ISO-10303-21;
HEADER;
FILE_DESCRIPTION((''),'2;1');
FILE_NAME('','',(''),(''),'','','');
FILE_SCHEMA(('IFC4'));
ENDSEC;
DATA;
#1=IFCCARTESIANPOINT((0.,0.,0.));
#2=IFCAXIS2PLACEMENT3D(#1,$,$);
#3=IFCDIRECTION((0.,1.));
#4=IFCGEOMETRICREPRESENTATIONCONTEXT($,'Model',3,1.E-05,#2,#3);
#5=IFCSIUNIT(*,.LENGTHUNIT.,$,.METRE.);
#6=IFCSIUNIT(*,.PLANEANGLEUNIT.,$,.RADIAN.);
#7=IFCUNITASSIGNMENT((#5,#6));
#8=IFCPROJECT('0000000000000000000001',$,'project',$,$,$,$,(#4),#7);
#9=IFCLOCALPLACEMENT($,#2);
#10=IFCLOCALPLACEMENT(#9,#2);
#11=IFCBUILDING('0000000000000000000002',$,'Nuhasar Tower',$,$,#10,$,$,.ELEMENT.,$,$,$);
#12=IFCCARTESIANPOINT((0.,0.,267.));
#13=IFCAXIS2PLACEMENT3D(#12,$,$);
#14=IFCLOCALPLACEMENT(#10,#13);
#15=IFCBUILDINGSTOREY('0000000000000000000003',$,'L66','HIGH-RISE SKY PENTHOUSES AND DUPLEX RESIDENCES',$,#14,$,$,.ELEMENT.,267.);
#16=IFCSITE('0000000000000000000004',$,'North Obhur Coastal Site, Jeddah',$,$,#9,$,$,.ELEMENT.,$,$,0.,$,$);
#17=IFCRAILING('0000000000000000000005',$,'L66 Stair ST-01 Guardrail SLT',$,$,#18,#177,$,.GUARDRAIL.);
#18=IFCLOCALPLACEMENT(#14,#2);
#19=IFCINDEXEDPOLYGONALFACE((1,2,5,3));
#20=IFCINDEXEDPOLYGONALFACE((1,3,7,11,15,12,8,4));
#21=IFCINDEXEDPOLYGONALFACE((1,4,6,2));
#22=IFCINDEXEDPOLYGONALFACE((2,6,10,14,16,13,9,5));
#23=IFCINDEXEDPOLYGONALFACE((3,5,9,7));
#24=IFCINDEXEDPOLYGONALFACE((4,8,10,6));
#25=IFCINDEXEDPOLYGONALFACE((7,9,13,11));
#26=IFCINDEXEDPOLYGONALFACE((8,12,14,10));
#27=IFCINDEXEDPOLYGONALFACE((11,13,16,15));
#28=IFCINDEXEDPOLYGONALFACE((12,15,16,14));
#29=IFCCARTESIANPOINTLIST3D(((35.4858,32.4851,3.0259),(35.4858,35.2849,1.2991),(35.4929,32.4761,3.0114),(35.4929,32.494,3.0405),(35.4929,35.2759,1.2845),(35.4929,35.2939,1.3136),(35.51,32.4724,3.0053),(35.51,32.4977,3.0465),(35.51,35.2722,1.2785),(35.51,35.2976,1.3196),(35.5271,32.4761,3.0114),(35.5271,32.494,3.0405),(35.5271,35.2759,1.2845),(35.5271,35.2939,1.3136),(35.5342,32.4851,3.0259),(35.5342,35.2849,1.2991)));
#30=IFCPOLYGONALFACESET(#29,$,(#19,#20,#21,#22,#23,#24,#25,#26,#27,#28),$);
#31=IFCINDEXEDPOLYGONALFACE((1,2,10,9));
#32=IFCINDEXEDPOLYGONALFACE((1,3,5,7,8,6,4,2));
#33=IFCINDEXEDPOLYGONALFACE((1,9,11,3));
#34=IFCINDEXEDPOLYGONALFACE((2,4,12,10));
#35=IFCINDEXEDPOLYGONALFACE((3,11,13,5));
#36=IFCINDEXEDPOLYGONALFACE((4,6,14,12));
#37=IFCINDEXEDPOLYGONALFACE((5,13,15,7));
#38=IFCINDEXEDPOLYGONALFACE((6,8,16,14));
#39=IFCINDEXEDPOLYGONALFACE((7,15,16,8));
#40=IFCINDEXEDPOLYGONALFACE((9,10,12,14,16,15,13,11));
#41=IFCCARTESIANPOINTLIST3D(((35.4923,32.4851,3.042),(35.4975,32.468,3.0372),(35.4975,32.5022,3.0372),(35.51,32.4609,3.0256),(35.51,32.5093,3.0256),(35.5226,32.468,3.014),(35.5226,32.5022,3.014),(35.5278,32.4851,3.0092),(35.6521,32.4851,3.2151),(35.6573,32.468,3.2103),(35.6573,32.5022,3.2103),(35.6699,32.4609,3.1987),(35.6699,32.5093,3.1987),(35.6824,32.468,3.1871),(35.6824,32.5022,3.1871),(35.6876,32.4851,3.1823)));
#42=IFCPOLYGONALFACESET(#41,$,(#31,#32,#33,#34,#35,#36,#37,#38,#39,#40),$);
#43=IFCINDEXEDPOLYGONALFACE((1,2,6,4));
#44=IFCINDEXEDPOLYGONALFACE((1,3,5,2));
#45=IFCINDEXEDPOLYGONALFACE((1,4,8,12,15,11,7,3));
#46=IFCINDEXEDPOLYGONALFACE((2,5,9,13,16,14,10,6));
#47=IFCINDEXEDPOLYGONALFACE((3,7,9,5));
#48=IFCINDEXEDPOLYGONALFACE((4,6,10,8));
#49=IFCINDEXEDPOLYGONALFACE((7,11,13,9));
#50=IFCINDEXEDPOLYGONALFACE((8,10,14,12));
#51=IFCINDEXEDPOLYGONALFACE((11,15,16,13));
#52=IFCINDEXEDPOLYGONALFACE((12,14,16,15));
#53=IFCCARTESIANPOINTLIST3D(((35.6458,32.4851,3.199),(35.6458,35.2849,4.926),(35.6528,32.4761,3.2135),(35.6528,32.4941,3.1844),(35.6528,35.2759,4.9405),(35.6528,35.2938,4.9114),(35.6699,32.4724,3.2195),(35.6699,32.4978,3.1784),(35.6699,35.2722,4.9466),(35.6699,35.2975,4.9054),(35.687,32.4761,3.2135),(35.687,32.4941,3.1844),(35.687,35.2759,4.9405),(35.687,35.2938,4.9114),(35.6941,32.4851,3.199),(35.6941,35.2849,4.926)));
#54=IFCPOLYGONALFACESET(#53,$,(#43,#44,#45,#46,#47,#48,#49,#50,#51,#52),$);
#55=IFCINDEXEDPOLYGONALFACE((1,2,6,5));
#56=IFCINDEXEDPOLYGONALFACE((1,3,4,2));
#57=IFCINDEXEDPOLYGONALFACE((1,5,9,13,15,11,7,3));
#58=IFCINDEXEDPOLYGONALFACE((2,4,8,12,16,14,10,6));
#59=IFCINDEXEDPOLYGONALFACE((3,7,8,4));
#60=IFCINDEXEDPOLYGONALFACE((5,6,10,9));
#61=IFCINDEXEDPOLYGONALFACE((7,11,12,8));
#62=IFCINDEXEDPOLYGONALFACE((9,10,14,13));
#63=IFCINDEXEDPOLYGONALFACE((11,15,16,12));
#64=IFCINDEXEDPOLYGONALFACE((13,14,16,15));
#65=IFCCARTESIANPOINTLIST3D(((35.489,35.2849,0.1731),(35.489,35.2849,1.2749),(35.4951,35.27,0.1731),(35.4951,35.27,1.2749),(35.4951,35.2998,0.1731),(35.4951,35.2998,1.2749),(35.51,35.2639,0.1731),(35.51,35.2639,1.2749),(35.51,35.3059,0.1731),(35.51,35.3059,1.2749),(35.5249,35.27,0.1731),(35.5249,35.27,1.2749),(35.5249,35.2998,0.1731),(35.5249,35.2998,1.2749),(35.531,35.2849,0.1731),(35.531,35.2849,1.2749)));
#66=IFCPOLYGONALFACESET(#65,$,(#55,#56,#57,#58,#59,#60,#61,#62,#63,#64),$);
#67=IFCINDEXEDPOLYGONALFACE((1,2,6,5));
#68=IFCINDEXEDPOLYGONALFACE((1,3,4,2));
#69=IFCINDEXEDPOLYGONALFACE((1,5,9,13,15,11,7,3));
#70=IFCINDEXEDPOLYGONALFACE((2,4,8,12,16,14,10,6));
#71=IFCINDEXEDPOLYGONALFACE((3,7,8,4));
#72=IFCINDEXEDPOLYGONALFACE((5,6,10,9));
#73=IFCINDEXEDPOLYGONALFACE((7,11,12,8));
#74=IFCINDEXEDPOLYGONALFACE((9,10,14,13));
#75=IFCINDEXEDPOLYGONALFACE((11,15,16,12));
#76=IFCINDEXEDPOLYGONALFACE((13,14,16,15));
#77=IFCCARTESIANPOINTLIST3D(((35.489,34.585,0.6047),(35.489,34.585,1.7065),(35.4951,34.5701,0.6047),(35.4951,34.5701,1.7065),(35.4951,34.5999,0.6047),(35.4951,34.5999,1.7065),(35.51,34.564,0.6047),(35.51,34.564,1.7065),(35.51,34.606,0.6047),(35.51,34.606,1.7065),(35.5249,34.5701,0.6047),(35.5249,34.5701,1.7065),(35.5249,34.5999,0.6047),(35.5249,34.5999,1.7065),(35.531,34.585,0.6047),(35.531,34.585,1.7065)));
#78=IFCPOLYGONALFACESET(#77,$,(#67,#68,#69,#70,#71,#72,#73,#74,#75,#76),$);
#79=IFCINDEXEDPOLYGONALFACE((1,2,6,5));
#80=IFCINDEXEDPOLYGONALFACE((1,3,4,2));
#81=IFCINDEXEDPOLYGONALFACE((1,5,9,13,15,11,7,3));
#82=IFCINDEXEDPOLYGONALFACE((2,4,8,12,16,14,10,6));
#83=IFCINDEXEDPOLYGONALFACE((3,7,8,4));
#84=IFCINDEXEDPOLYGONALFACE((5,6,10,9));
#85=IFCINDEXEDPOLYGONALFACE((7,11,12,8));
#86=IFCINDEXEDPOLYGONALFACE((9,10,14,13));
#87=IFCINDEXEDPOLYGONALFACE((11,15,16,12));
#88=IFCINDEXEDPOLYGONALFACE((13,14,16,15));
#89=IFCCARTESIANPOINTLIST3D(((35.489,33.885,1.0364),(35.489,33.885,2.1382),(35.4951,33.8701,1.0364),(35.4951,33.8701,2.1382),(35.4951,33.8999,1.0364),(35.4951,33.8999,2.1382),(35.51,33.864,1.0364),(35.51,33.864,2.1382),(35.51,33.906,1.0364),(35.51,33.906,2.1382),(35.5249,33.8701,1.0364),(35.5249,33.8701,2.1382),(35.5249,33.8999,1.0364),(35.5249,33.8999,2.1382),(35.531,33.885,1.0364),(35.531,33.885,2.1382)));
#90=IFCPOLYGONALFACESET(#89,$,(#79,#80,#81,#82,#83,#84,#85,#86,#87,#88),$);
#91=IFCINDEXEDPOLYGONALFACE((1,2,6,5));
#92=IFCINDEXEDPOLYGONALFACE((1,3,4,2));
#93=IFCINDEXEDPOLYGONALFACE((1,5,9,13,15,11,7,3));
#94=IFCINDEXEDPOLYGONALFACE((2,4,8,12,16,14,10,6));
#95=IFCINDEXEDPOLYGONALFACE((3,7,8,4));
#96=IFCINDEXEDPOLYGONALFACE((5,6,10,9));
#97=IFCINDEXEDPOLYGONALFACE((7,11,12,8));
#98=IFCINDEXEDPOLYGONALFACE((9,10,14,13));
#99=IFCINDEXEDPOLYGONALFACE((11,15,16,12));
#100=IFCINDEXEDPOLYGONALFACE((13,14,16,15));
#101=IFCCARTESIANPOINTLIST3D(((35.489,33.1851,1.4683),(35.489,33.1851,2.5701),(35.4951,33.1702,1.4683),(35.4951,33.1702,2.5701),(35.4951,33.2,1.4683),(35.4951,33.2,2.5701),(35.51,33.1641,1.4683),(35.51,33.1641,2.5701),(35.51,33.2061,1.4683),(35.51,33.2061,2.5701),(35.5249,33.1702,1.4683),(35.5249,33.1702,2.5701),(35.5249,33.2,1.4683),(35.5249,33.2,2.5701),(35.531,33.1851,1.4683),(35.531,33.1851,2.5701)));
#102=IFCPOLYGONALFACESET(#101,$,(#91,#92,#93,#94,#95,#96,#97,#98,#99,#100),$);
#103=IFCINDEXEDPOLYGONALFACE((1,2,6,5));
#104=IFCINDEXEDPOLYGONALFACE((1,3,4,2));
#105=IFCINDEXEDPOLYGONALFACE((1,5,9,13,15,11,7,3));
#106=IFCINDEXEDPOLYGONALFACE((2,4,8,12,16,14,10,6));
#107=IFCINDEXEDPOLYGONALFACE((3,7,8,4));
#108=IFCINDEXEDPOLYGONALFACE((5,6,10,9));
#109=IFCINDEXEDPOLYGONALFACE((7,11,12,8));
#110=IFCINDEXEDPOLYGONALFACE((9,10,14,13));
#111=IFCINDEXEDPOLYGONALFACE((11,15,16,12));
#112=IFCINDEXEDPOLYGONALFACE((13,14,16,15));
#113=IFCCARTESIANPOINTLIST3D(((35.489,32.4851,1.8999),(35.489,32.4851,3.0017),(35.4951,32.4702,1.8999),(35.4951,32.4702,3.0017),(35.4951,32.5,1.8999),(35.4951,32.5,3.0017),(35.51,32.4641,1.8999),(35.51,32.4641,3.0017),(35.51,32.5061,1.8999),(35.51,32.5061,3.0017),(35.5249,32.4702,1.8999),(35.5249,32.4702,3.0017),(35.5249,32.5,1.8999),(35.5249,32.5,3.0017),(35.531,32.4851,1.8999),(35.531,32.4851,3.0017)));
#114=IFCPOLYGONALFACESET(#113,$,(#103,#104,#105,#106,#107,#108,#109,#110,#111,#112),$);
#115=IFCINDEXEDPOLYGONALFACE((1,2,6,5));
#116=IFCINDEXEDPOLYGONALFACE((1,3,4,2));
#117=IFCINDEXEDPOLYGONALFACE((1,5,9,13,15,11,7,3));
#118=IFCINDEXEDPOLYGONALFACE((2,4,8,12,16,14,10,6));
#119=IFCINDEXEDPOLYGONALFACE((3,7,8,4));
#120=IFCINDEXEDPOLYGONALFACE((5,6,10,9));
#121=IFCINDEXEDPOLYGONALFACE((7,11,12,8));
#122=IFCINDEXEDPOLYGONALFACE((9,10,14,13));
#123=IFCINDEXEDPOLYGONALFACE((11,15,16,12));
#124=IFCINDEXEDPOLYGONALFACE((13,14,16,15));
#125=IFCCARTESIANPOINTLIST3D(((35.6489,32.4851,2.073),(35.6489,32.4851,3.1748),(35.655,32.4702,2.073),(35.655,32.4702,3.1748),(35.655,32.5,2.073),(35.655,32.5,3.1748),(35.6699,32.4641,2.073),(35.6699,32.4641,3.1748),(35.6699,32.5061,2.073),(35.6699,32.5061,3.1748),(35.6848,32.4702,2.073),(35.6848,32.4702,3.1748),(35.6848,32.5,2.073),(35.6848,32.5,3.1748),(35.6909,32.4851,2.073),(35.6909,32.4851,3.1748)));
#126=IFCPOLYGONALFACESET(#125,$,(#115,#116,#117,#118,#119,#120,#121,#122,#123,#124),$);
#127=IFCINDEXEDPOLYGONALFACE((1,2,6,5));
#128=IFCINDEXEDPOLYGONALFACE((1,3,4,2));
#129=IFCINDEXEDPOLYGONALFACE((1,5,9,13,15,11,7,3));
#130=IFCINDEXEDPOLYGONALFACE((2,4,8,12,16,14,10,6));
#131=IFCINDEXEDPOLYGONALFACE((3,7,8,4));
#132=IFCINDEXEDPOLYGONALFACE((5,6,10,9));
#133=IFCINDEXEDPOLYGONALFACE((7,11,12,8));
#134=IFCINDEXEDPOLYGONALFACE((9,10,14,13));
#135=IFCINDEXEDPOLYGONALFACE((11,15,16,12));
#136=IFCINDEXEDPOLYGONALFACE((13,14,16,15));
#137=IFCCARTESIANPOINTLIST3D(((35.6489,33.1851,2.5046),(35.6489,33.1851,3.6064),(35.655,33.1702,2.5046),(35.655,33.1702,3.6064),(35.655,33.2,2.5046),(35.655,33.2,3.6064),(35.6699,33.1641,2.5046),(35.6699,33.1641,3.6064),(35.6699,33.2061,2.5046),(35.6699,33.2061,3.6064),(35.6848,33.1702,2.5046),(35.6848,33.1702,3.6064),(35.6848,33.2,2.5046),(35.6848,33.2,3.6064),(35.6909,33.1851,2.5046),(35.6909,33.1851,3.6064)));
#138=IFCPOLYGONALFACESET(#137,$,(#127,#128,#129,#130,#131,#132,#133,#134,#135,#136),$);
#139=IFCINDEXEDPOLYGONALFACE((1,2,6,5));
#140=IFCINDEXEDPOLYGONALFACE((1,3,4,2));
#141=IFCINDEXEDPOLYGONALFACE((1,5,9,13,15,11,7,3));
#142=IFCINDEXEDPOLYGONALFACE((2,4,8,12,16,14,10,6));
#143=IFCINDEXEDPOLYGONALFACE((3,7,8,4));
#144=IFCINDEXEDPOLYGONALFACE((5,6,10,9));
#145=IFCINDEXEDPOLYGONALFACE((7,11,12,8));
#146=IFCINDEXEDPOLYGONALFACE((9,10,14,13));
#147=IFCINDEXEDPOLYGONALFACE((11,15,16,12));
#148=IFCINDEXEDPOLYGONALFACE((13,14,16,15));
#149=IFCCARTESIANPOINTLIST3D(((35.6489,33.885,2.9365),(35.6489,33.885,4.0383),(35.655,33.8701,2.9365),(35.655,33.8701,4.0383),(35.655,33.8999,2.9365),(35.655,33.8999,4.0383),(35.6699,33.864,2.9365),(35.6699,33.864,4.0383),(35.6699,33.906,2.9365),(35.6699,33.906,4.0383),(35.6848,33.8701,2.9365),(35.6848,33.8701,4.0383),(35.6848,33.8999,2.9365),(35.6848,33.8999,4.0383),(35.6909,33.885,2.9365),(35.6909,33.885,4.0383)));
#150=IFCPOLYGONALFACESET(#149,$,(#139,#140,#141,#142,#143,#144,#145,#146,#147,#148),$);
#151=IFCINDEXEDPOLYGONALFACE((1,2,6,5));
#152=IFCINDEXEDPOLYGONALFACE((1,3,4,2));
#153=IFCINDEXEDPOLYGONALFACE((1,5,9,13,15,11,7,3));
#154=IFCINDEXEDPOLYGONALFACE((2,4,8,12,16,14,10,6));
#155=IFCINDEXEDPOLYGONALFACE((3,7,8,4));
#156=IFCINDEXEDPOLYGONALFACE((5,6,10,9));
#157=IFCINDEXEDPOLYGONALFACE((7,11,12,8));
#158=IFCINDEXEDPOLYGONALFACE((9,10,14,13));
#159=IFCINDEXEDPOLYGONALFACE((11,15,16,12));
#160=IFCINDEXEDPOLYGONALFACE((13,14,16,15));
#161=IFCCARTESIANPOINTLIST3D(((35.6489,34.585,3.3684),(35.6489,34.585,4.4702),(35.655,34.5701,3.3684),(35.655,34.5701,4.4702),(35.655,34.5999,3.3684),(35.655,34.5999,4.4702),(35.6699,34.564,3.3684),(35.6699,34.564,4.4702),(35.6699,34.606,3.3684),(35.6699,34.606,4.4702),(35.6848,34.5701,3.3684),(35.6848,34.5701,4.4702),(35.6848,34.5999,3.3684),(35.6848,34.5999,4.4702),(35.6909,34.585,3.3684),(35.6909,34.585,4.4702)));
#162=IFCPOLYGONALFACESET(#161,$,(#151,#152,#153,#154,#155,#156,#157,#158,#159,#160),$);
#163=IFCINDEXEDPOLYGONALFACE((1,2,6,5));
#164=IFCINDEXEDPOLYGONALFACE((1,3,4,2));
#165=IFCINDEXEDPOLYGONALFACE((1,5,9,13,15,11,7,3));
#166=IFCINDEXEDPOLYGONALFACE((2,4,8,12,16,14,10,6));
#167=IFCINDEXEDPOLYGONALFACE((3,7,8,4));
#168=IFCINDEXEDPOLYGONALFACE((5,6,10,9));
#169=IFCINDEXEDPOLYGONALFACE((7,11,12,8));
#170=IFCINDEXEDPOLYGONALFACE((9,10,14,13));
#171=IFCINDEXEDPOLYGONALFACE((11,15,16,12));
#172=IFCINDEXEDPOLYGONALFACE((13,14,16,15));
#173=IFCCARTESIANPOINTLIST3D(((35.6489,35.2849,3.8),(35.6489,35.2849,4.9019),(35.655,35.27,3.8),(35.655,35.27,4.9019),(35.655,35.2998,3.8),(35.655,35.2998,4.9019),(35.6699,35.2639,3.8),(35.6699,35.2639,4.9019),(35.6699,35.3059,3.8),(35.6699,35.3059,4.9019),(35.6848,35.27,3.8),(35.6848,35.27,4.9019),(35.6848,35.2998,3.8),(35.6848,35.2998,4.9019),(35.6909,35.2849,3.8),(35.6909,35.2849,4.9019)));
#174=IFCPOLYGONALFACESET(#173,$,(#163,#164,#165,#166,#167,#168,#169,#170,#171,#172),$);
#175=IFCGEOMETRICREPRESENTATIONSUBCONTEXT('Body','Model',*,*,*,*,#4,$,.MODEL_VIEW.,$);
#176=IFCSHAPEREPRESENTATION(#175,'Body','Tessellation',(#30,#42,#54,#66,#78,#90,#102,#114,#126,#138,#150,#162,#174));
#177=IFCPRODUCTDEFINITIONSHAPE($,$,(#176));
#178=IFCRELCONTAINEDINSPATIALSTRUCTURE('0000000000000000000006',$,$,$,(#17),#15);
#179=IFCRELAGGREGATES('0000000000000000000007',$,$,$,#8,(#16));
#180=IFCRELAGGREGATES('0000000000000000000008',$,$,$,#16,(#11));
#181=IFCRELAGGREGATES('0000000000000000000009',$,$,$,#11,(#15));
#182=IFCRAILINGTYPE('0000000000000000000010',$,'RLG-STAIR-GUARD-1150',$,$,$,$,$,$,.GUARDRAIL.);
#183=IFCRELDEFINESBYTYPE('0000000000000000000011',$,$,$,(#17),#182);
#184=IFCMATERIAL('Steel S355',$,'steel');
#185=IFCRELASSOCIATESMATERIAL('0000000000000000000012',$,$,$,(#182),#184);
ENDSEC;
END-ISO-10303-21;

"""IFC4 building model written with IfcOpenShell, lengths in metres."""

from ifc_helpers import new_model, si_unit, direction, frame, origin, place, context, subcontext, project, spatial, polyline, outline, extrude, material, type_object, element, save


model = new_model("IFC4")

# Units and contexts
model_context = context("Model", 3, precision=1e-05, world=origin(), true_north=direction((0.0, 1.0)))
body_context = subcontext(model_context, "Body", "Model", "MODEL_VIEW")
ifc_project = project(units=[si_unit("LENGTHUNIT", "METRE"), si_unit("PLANEANGLEUNIT", "RADIAN")], contexts=[model_context])

# Site, building, storey
site_placement = place(None, origin())
site = spatial("IfcSite", under=ifc_project, at=site_placement, Name="North Obhur Coastal Site, Jeddah", CompositionType="ELEMENT", RefElevation=0.0)
building_placement = place(site_placement, origin())
building = spatial("IfcBuilding", under=site, at=building_placement, Name="Nuhasar Tower", CompositionType="ELEMENT")
storey_placement = place(building_placement, frame((0.0, 0.0, 267.0)))
storey = spatial("IfcBuildingStorey", under=building, at=storey_placement, Name="L66", Description="HIGH-RISE SKY PENTHOUSES AND DUPLEX RESIDENCES", CompositionType="ELEMENT", Elevation=267.0)

# Shared definitions
ifc_material_1 = material(Name="Steel S355", Category="steel")

# Railing
railing_type_1 = type_object("IfcRailingType", Name="RLG-STAIR-GUARD-1150", PredefinedType="GUARDRAIL", material=ifc_material_1)
railing_1_placement = place(storey_placement, frame((35.51, 35.2849, 0.1731)))
element("IfcRailing", 1, at=railing_1_placement, inside=storey, type_object=railing_type_1, Name="L66 Stair ST-01 Guardrail SLT", PredefinedType="GUARDRAIL", context=body_context, shape_type="SweptSolid", body=[
    extrude(outline(polyline([(0.0242, 0.0), (0.0171, 0.0171), (0.0, 0.0242), (-0.0171, 0.0171), (-0.0242, 0.0), (-0.0171, -0.0171), (0.0, -0.0242), (0.0171, -0.0171), (0.0242, 0.0)])), frame((0.0, 0.0, 1.126), z_axis=(0.0, -0.851135, 0.524946), x_axis=(1.0, 0.0, 0.0)), (0.0, 0.0, 1.0), 3.2896),
    extrude(outline(polyline([(0.0242, 0.0), (0.0171, 0.0171), (0.0, 0.0242), (-0.0171, 0.0171), (-0.0242, 0.0), (-0.0171, -0.0171), (0.0, -0.0242), (0.0171, -0.0171), (0.0242, 0.0)])), frame((0.0, -2.7998, 2.8525), z_axis=(0.678581, 0.0, 0.734525), x_axis=(0.0, 1.0, 0.0)), (0.0, 0.0, 1.0), 0.2356),
    extrude(outline(polyline([(0.0242, 0.0), (0.0171, 0.0171), (0.0, 0.0242), (-0.0171, 0.0171), (-0.0242, 0.0), (-0.0171, -0.0171), (0.0, -0.0242), (0.0171, -0.0171), (0.0242, 0.0)])), frame((0.1599, -2.7998, 3.0259), z_axis=(0.0, 0.851102, 0.525), x_axis=(-1.0, 0.0, 0.0)), (0.0, 0.0, 1.0), 3.2896),
    extrude(outline(polyline([(0.021, 0.0), (0.0149, 0.0149), (0.0, 0.021), (-0.0149, 0.0149), (-0.021, 0.0), (-0.0149, -0.0149), (0.0, -0.021), (0.0149, -0.0149), (0.021, 0.0)])), origin(), (0.0, 0.0, 1.0), 1.1018),
    extrude(outline(polyline([(0.021, 0.0), (0.0149, 0.0149), (0.0, 0.021), (-0.0149, 0.0149), (-0.021, 0.0), (-0.0149, -0.0149), (0.0, -0.021), (0.0149, -0.0149), (0.021, 0.0)])), frame((0.0, -0.7, 0.4316)), (0.0, 0.0, 1.0), 1.1018),
    extrude(outline(polyline([(0.021, 0.0), (0.0149, 0.0149), (0.0, 0.021), (-0.0149, 0.0149), (-0.021, 0.0), (-0.0149, -0.0149), (0.0, -0.021), (0.0149, -0.0149), (0.021, 0.0)])), frame((0.0, -1.3999, 0.8633)), (0.0, 0.0, 1.0), 1.1018),
    extrude(outline(polyline([(0.021, 0.0), (0.0149, 0.0149), (0.0, 0.021), (-0.0149, 0.0149), (-0.021, 0.0), (-0.0149, -0.0149), (0.0, -0.021), (0.0149, -0.0149), (0.021, 0.0)])), frame((0.0, -2.0999, 1.2952)), (0.0, 0.0, 1.0), 1.1018),
    extrude(outline(polyline([(0.021, 0.0), (0.0149, 0.0149), (0.0, 0.021), (-0.0149, 0.0149), (-0.021, 0.0), (-0.0149, -0.0149), (0.0, -0.021), (0.0149, -0.0149), (0.021, 0.0)])), frame((0.0, -2.7998, 1.7268)), (0.0, 0.0, 1.0), 1.1018),
    extrude(outline(polyline([(0.021, 0.0), (0.0149, 0.0149), (0.0, 0.021), (-0.0149, 0.0149), (-0.021, 0.0), (-0.0149, -0.0149), (0.0, -0.021), (0.0149, -0.0149), (0.021, 0.0)])), frame((0.1599, -2.7998, 1.8999)), (0.0, 0.0, 1.0), 1.1018),
    extrude(outline(polyline([(0.021, 0.0), (0.0149, 0.0149), (0.0, 0.021), (-0.0149, 0.0149), (-0.021, 0.0), (-0.0149, -0.0149), (0.0, -0.021), (0.0149, -0.0149), (0.021, 0.0)])), frame((0.1599, -2.0999, 2.3315)), (0.0, 0.0, 1.0), 1.1018),
    extrude(outline(polyline([(0.021, 0.0), (0.0149, 0.0149), (0.0, 0.021), (-0.0149, 0.0149), (-0.021, 0.0), (-0.0149, -0.0149), (0.0, -0.021), (0.0149, -0.0149), (0.021, 0.0)])), frame((0.1599, -1.3999, 2.7634)), (0.0, 0.0, 1.0), 1.1018),
    extrude(outline(polyline([(0.021, 0.0), (0.0149, 0.0149), (0.0, 0.021), (-0.0149, 0.0149), (-0.021, 0.0), (-0.0149, -0.0149), (0.0, -0.021), (0.0149, -0.0149), (0.021, 0.0)])), frame((0.1599, -0.7, 3.1953)), (0.0, 0.0, 1.0), 1.1018),
    extrude(outline(polyline([(0.021, 0.0), (0.0149, 0.0149), (0.0, 0.021), (-0.0149, 0.0149), (-0.021, 0.0), (-0.0149, -0.0149), (0.0, -0.021), (0.0149, -0.0149), (0.021, 0.0)])), frame((0.1599, 0.0, 3.627)), (0.0, 0.0, 1.0), 1.1018),
])

save(model, "model.ifc")
